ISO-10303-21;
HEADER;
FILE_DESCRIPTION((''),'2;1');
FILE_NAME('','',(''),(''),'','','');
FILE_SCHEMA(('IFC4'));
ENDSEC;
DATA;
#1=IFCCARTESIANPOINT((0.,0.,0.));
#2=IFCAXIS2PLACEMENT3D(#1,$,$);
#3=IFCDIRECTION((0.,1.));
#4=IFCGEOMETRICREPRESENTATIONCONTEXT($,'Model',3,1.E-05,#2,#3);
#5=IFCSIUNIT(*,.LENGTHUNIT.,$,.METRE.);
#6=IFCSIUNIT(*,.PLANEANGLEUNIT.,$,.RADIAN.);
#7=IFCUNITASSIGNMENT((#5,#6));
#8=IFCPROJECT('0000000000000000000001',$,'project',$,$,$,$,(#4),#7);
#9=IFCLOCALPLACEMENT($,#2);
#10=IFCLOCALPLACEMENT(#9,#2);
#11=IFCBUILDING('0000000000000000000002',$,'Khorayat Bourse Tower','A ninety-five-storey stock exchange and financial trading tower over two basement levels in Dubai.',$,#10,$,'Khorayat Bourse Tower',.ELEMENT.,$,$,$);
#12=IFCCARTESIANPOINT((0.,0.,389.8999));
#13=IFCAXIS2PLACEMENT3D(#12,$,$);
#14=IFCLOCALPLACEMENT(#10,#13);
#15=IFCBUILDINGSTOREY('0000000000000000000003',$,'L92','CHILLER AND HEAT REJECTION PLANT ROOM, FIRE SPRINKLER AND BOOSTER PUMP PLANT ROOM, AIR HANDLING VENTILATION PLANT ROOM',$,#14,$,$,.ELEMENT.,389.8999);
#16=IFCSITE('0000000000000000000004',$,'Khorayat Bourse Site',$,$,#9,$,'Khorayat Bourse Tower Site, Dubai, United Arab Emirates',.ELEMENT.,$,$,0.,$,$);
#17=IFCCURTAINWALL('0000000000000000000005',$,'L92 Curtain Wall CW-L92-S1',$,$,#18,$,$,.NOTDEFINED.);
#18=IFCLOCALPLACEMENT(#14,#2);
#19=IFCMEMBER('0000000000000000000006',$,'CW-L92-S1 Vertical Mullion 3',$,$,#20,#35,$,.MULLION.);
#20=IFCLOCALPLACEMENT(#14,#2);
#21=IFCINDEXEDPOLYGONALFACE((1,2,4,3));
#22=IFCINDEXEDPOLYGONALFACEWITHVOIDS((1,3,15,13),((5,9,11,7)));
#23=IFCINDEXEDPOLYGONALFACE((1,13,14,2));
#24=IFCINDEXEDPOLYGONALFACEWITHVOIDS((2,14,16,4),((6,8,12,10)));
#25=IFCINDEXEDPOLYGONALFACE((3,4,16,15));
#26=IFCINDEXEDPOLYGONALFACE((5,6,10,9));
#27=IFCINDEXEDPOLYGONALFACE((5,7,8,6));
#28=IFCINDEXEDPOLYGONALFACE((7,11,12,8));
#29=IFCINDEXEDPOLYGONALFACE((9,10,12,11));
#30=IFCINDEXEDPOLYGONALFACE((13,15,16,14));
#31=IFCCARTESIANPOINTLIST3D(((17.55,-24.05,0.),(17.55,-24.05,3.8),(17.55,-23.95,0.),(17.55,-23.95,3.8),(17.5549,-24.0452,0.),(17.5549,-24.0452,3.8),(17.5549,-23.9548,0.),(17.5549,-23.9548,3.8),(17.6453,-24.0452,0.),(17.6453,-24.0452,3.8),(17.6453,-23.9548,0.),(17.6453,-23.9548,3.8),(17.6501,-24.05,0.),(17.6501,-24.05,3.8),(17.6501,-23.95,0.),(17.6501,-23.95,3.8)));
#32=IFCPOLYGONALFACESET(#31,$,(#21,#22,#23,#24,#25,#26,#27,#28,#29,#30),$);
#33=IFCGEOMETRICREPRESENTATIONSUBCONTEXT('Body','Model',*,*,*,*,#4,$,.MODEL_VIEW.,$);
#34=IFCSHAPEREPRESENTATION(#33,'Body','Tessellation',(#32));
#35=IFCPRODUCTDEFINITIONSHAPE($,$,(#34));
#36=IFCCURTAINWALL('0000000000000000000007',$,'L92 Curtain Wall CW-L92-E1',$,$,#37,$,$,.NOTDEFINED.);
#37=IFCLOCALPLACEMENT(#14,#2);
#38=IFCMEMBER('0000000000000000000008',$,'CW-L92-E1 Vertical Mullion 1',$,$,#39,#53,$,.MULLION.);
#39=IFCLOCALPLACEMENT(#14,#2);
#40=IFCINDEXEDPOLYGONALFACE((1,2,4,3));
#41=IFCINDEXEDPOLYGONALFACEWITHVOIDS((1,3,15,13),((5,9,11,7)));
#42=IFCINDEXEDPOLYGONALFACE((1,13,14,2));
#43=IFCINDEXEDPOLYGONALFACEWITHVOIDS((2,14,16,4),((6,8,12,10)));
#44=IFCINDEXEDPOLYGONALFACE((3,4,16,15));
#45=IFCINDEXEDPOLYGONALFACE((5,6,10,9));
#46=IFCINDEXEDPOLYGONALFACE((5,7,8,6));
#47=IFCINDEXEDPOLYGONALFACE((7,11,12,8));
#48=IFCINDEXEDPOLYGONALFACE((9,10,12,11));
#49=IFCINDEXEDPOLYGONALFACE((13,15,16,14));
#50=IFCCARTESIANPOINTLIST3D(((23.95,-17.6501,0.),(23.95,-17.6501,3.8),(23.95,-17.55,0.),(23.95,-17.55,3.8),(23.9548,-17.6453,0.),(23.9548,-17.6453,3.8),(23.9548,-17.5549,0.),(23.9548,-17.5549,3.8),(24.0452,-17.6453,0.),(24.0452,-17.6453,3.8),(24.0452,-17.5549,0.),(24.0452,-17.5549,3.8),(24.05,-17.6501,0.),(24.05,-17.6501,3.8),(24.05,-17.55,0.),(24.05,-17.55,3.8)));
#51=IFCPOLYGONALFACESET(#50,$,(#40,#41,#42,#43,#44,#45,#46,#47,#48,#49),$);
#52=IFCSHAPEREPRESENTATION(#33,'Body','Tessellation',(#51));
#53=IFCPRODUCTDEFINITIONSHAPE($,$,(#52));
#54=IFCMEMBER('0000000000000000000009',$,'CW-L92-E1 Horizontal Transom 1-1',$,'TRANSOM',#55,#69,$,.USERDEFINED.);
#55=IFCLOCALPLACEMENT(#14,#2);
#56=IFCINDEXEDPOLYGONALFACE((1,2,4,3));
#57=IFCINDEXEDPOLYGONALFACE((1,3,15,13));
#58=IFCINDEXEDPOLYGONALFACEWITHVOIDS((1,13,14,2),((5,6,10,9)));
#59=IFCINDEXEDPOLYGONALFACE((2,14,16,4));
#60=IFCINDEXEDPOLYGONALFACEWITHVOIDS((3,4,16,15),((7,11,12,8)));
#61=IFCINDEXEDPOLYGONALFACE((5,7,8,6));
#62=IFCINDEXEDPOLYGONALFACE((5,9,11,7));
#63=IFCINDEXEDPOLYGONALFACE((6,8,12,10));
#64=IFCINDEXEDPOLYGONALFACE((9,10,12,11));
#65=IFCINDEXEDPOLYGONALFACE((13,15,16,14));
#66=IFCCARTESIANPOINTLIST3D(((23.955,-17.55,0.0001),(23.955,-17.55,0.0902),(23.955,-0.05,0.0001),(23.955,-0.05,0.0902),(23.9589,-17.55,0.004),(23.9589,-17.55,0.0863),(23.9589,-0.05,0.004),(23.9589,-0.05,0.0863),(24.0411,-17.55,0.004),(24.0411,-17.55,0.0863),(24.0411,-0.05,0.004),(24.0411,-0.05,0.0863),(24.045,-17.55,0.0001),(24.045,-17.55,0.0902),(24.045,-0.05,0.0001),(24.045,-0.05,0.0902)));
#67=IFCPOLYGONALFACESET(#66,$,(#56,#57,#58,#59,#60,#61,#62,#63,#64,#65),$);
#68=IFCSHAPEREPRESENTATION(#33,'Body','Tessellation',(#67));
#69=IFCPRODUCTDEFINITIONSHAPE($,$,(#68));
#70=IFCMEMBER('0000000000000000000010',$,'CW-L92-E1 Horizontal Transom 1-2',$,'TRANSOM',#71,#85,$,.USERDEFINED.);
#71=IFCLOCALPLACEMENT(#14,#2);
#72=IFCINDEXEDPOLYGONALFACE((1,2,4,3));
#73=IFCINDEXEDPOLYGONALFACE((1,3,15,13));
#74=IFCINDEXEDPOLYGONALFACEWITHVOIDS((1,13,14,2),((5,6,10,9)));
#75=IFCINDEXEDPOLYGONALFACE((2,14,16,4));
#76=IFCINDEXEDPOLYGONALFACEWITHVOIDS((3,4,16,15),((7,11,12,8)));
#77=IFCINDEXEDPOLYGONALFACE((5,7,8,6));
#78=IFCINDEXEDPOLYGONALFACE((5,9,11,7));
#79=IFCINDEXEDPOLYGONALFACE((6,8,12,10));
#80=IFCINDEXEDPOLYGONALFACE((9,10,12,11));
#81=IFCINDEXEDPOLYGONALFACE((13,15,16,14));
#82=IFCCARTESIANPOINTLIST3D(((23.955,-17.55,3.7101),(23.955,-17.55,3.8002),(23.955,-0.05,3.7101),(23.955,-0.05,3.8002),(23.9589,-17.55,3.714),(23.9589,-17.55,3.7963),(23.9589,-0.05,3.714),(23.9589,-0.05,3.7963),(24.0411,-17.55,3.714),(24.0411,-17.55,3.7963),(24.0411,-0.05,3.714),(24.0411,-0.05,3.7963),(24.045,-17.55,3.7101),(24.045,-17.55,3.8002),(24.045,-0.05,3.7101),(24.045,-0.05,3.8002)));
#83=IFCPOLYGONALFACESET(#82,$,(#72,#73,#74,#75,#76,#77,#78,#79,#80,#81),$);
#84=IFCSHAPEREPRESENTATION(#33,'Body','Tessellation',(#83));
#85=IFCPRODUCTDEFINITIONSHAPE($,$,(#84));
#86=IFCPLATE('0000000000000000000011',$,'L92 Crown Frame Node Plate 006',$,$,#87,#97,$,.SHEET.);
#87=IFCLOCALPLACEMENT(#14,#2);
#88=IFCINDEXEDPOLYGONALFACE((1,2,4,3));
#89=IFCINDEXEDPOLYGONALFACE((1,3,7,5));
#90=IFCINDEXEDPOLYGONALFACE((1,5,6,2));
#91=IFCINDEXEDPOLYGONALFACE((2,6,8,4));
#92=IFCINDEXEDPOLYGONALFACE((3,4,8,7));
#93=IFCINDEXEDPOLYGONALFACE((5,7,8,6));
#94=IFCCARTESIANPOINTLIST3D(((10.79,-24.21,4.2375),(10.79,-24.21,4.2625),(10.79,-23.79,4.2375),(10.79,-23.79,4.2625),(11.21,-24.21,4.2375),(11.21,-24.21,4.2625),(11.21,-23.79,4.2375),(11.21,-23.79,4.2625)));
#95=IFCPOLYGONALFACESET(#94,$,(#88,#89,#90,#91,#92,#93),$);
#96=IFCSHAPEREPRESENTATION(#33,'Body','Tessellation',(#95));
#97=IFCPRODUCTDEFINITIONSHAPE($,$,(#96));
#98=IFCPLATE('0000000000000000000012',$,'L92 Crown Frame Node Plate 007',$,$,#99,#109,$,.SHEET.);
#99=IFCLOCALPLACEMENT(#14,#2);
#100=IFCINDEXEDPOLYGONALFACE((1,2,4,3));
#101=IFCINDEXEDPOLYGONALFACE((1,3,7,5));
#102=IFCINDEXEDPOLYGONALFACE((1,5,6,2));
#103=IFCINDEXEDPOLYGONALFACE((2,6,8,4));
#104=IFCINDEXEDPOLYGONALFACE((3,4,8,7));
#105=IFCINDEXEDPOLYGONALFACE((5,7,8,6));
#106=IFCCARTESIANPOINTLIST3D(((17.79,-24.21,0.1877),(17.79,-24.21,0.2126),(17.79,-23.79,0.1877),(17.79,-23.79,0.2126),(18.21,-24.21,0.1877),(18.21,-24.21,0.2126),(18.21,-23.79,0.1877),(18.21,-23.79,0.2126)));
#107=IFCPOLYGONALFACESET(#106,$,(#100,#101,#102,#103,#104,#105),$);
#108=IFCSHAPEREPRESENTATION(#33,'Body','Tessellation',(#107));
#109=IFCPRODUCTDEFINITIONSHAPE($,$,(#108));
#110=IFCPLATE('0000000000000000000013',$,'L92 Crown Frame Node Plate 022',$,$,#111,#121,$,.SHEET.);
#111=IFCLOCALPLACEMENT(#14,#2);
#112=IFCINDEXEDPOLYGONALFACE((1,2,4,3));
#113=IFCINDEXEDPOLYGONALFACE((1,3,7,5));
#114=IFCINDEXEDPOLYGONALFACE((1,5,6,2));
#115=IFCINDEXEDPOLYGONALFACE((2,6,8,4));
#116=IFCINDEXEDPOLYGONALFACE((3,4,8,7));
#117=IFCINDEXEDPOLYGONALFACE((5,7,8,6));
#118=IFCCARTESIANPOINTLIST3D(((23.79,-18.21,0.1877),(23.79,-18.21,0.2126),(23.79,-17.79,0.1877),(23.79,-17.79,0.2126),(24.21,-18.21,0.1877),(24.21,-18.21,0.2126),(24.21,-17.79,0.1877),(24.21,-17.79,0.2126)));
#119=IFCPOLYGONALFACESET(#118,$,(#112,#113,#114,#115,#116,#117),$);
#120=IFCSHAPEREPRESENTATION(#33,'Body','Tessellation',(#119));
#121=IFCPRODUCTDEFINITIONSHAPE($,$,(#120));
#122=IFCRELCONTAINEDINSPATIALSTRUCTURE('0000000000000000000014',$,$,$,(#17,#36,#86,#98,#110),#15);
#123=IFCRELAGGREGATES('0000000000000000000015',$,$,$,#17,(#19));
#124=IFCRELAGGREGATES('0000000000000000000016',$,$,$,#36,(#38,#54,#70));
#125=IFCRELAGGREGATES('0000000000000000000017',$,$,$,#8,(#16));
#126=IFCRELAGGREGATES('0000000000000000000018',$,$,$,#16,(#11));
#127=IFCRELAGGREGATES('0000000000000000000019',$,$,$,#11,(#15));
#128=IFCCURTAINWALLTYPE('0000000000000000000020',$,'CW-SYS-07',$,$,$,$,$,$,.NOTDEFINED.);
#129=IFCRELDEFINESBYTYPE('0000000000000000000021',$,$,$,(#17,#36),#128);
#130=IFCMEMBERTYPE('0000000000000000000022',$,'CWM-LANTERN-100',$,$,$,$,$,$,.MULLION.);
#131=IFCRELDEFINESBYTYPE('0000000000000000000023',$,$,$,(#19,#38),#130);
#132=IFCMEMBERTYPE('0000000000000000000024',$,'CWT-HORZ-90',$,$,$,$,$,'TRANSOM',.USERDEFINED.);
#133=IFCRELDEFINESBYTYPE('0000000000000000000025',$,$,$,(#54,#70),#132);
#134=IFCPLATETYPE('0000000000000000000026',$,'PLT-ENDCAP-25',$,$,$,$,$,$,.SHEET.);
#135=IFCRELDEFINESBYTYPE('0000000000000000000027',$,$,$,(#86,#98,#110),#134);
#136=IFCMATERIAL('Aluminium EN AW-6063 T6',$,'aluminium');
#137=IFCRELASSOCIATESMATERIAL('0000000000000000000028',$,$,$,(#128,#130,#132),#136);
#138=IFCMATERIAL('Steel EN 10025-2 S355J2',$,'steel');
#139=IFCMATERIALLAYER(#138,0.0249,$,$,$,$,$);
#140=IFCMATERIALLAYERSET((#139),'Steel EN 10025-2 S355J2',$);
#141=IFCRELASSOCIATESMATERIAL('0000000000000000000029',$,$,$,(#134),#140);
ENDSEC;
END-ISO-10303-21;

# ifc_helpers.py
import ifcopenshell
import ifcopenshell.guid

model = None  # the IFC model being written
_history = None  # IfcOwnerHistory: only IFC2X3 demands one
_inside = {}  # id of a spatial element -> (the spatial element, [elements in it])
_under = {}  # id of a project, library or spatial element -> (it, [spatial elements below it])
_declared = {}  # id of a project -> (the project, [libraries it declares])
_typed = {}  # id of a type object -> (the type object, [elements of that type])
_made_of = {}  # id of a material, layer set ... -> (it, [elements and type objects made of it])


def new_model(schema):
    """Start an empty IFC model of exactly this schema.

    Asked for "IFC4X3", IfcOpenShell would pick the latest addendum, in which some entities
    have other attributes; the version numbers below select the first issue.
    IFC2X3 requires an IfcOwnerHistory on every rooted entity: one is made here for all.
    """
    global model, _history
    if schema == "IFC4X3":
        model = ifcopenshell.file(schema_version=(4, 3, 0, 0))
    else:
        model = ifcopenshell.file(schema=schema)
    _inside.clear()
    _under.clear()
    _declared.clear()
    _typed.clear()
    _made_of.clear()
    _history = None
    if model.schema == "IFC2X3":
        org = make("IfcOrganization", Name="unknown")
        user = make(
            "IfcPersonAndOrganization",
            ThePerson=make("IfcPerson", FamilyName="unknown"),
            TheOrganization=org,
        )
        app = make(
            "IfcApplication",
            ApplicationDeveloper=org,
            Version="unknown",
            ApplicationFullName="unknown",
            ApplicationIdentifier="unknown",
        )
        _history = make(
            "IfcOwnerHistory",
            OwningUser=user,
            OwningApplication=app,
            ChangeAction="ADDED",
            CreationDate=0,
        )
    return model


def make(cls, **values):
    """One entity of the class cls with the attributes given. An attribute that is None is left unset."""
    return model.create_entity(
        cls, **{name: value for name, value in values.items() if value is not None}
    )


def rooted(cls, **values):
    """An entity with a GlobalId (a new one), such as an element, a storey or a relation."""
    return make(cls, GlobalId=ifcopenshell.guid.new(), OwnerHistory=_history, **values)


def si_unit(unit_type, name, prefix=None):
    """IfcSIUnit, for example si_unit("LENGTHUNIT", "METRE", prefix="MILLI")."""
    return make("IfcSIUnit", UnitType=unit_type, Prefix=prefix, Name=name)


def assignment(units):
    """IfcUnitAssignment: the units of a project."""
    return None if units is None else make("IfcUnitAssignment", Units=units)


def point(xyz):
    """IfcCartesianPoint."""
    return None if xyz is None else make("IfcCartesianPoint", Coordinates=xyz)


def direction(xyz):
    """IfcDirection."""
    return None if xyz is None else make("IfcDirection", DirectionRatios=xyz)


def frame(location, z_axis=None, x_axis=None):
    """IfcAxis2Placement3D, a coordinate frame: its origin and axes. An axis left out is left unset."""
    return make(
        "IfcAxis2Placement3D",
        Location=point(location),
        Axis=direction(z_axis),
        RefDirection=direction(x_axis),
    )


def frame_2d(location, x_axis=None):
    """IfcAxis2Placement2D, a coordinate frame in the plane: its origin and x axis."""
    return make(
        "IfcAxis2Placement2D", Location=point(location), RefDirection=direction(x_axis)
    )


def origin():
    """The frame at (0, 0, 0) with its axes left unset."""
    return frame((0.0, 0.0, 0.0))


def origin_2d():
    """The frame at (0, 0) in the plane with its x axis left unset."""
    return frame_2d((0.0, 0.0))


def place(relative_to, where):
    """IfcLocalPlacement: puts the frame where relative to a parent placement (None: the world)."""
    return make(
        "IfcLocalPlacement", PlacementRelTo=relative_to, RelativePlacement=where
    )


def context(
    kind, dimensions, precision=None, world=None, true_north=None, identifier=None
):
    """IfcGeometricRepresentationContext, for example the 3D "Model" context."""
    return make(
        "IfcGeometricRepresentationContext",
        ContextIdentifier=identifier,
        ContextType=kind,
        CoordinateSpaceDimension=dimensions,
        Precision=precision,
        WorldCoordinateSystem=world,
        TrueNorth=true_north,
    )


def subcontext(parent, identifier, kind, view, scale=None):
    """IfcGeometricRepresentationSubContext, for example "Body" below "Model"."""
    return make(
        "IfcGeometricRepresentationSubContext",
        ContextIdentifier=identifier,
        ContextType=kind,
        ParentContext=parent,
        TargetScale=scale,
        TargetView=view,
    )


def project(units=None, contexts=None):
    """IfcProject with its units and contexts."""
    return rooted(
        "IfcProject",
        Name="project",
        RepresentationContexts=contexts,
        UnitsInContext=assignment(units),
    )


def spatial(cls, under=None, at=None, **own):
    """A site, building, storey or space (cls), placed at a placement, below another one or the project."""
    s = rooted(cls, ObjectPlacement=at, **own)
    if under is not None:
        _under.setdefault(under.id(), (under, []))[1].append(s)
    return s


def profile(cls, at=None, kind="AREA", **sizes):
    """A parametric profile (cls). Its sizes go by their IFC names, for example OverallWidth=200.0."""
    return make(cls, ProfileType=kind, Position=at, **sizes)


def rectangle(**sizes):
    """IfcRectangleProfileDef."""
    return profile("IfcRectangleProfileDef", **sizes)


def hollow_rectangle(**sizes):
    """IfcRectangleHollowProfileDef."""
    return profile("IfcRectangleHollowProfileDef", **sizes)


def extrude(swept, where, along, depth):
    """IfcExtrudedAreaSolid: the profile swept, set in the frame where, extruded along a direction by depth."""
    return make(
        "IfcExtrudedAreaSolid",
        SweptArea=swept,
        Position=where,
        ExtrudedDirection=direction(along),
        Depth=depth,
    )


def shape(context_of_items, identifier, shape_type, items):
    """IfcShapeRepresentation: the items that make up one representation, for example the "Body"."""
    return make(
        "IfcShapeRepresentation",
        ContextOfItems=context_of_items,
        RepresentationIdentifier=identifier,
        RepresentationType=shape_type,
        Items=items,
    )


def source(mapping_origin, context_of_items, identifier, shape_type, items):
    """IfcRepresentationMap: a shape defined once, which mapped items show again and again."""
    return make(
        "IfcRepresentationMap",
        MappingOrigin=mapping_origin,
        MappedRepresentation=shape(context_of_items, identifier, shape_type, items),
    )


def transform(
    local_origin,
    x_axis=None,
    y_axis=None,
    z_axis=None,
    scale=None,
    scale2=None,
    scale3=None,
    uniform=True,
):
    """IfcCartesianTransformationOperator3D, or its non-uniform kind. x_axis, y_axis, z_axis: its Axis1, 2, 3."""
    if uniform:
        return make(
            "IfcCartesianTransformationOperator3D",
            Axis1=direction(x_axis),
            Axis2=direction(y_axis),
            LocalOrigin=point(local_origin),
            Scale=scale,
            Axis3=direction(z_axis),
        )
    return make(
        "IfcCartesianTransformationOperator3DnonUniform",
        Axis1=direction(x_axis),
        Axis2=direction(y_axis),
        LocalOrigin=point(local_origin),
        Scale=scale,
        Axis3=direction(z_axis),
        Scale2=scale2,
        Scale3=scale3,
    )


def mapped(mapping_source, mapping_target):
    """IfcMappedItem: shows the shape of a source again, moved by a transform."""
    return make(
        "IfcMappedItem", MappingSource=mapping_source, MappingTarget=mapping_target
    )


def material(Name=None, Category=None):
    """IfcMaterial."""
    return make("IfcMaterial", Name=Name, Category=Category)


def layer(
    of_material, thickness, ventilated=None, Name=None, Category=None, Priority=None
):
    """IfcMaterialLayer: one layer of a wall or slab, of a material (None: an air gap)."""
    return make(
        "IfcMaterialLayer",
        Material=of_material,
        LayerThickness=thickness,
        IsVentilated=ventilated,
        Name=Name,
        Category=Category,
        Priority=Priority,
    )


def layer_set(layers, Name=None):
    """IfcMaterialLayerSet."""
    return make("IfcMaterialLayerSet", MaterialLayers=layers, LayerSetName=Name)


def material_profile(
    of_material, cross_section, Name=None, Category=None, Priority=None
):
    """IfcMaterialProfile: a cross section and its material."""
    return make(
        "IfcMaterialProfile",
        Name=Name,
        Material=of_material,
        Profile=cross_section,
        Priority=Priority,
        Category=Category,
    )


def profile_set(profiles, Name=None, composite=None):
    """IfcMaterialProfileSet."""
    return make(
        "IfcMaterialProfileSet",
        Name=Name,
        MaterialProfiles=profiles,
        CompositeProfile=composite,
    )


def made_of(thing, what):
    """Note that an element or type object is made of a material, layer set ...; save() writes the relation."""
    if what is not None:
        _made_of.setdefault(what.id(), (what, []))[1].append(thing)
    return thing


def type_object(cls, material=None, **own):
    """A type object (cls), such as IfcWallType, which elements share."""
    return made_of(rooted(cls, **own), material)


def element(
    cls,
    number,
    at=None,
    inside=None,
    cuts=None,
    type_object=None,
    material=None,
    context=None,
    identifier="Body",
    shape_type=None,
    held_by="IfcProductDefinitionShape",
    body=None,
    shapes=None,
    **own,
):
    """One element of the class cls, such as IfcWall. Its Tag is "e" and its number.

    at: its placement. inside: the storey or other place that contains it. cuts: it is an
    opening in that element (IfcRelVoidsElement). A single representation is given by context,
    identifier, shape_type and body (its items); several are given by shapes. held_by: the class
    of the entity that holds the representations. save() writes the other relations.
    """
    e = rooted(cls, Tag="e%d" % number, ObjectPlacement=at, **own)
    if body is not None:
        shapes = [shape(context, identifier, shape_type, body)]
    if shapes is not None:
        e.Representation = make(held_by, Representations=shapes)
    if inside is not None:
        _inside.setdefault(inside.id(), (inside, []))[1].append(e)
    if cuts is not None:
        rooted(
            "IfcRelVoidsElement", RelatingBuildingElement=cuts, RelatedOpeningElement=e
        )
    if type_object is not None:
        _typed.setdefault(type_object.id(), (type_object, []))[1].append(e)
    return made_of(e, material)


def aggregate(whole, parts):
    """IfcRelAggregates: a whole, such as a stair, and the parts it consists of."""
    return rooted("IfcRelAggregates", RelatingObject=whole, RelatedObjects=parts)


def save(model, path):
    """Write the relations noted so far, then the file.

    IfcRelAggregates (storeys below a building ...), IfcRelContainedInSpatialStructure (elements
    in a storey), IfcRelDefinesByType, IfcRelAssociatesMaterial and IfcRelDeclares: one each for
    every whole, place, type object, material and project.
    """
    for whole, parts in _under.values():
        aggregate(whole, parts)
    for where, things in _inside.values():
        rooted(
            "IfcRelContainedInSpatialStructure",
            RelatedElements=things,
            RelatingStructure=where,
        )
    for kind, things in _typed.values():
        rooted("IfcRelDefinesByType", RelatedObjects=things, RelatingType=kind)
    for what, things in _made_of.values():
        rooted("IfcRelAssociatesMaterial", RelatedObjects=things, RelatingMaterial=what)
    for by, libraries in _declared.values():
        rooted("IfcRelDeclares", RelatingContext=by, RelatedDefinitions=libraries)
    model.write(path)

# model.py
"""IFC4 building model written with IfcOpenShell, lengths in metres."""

from ifc_helpers import new_model, si_unit, direction, frame, origin, origin_2d, place, context, subcontext, project, spatial, rectangle, hollow_rectangle, extrude, source, transform, mapped, material, layer, layer_set, material_profile, profile_set, type_object, element, aggregate, save


model = new_model("IFC4")

# Units and contexts
model_context = context("Model", 3, precision=1e-05, world=origin(), true_north=direction((0.0, 1.0)))
body_context = subcontext(model_context, "Body", "Model", "MODEL_VIEW")
ifc_project = project(units=[si_unit("LENGTHUNIT", "METRE"), si_unit("PLANEANGLEUNIT", "RADIAN")], contexts=[model_context])

# Site, building, storey
site_placement = place(None, origin())
site = spatial("IfcSite", under=ifc_project, at=site_placement, Name="Khorayat Bourse Site", LongName="Khorayat Bourse Tower Site, Dubai, United Arab Emirates", CompositionType="ELEMENT", RefElevation=0.0)
building_placement = place(site_placement, origin())
building = spatial("IfcBuilding", under=site, at=building_placement, Name="Khorayat Bourse Tower", Description="A ninety-five-storey stock exchange and financial trading tower over two basement levels in Dubai.", LongName="Khorayat Bourse Tower", CompositionType="ELEMENT")
storey_placement = place(building_placement, frame((0.0, 0.0, 389.8999)))
storey = spatial("IfcBuildingStorey", under=building, at=storey_placement, Name="L92", Description="CHILLER AND HEAT REJECTION PLANT ROOM, FIRE SPRINKLER AND BOOSTER PUMP PLANT ROOM, AIR HANDLING VENTILATION PLANT ROOM", CompositionType="ELEMENT", Elevation=389.8999)

# Shared definitions
ifc_material_1 = material(Name="Steel EN 10025-2 S355J2", Category="steel")

# Curtain wall, member
ifc_material_2 = material(Name="Aluminium EN AW-6063 T6", Category="aluminium")
curtain_wall_type = type_object("IfcCurtainWallType", Name="CW-SYS-07", PredefinedType="NOTDEFINED", material=ifc_material_2)
curtain_wall_1_placement = place(storey_placement, origin())
curtain_wall_1 = element("IfcCurtainWall", 1, at=curtain_wall_1_placement, inside=storey, type_object=curtain_wall_type, Name="L92 Curtain Wall CW-L92-S1", PredefinedType="NOTDEFINED")
ifc_material_profile_1 = material_profile(ifc_material_2, hollow_rectangle(XDim=0.1001, YDim=0.1001, WallThickness=0.0049, at=origin_2d()), Name="ALU 100x100x5")
ifc_profile_set_1 = profile_set([ifc_material_profile_1], Name="Aluminium EN AW-6063 T6")
member_type_1 = type_object("IfcMemberType", Name="CWM-LANTERN-100", PredefinedType="MULLION", material=ifc_profile_set_1)
shared_shape_1 = source(origin(), body_context, "Body", "SweptSolid", [
    extrude(hollow_rectangle(XDim=0.1001, YDim=0.1001, WallThickness=0.0049, at=origin_2d()), origin(), (0.0, 0.0, 1.0), 3.8),
])
member_1_placement = place(storey_placement, frame((17.6001, -24.0, 0.0), z_axis=(0.0, 0.0, 1.0), x_axis=(0.0, 1.0, 0.0)))
member_1 = element("IfcMember", 2, at=member_1_placement, type_object=member_type_1, Name="CW-L92-S1 Vertical Mullion 3", PredefinedType="MULLION", context=body_context, shape_type="MappedRepresentation", body=[
    mapped(shared_shape_1, transform((0.0, 0.0, 0.0), scale=1.0)),
])
aggregate(curtain_wall_1, [member_1])

# Curtain wall, members
curtain_wall_2_placement = place(storey_placement, origin())
curtain_wall_2 = element("IfcCurtainWall", 3, at=curtain_wall_2_placement, inside=storey, type_object=curtain_wall_type, Name="L92 Curtain Wall CW-L92-E1", PredefinedType="NOTDEFINED")
member_2_placement = place(storey_placement, frame((24.0, -17.6001, 0.0), z_axis=(0.0, 0.0, 1.0), x_axis=(-1.0, 0.0, 0.0)))
member_2 = element("IfcMember", 4, at=member_2_placement, type_object=member_type_1, Name="CW-L92-E1 Vertical Mullion 1", PredefinedType="MULLION", context=body_context, shape_type="MappedRepresentation", body=[
    mapped(shared_shape_1, transform((0.0, 0.0, 0.0), scale=1.0)),
])
ifc_material_profile_2 = material_profile(ifc_material_2, hollow_rectangle(XDim=0.0901, YDim=0.0901, WallThickness=0.0039, at=origin_2d()), Name="ALU 90x90x4")
ifc_profile_set_2 = profile_set([ifc_material_profile_2], Name="Aluminium EN AW-6063 T6")
member_type_2 = type_object("IfcMemberType", Name="CWT-HORZ-90", ElementType="TRANSOM", PredefinedType="USERDEFINED", material=ifc_profile_set_2)
shared_shape_2 = source(origin(), body_context, "Body", "SweptSolid", [
    extrude(hollow_rectangle(XDim=0.0901, YDim=0.0901, WallThickness=0.0039, at=origin_2d()), origin(), (0.0, 0.0, 1.0), 17.5),
])
member_3_placement = place(storey_placement, frame((24.0, -17.55, 0.0452), z_axis=(0.0, 1.0, 0.0), x_axis=(-1.0, 0.0, 0.0)))
member_3 = element("IfcMember", 5, at=member_3_placement, type_object=member_type_2, Name="CW-L92-E1 Horizontal Transom 1-1", ObjectType="TRANSOM", PredefinedType="USERDEFINED", context=body_context, shape_type="MappedRepresentation", body=[
    mapped(shared_shape_2, transform((0.0, 0.0, 0.0), scale=1.0)),
])
member_4_placement = place(storey_placement, frame((24.0, -17.55, 3.7551), z_axis=(0.0, 1.0, 0.0), x_axis=(-1.0, 0.0, 0.0)))
member_4 = element("IfcMember", 6, at=member_4_placement, type_object=member_type_2, Name="CW-L92-E1 Horizontal Transom 1-2", ObjectType="TRANSOM", PredefinedType="USERDEFINED", context=body_context, shape_type="MappedRepresentation", body=[
    mapped(shared_shape_2, transform((0.0, 0.0, 0.0), scale=1.0)),
])
aggregate(curtain_wall_2, [member_2, member_3, member_4])

# Plates
ifc_layer_1 = layer(ifc_material_1, 0.0249)
ifc_layer_set_1 = layer_set([ifc_layer_1], Name="Steel EN 10025-2 S355J2")
plate_type = type_object("IfcPlateType", Name="PLT-ENDCAP-25", PredefinedType="SHEET", material=ifc_layer_set_1)
shared_shape_3 = source(origin(), body_context, "Body", "SweptSolid", [
    extrude(rectangle(XDim=0.4199, YDim=0.4199, at=origin_2d()), origin(), (0.0, 0.0, 1.0), 0.0249),
])
for number, where, z_axis, x_axis, name in (
    (7, (11.0, -24.0, 4.2375), (0.0, 0.0, 1.0), (1.0, 0.0, 0.0), "L92 Crown Frame Node Plate 006"),
    (8, (18.0, -24.0, 0.1877), (0.0, 0.0, 1.0), (1.0, 0.0, 0.0), "L92 Crown Frame Node Plate 007"),
    (9, (24.0, -18.0, 0.1877), (0.0, 0.0, 1.0), (1.0, 0.0, 0.0), "L92 Crown Frame Node Plate 022"),
):
    element("IfcPlate", number, at=place(storey_placement, frame(where, z_axis=z_axis, x_axis=x_axis)), inside=storey, type_object=plate_type, Name=name, PredefinedType="SHEET", context=body_context, shape_type="MappedRepresentation", body=[
        mapped(shared_shape_3, transform((0.0, 0.0, 0.0), scale=1.0)),
    ])

save(model, "model.ifc")
